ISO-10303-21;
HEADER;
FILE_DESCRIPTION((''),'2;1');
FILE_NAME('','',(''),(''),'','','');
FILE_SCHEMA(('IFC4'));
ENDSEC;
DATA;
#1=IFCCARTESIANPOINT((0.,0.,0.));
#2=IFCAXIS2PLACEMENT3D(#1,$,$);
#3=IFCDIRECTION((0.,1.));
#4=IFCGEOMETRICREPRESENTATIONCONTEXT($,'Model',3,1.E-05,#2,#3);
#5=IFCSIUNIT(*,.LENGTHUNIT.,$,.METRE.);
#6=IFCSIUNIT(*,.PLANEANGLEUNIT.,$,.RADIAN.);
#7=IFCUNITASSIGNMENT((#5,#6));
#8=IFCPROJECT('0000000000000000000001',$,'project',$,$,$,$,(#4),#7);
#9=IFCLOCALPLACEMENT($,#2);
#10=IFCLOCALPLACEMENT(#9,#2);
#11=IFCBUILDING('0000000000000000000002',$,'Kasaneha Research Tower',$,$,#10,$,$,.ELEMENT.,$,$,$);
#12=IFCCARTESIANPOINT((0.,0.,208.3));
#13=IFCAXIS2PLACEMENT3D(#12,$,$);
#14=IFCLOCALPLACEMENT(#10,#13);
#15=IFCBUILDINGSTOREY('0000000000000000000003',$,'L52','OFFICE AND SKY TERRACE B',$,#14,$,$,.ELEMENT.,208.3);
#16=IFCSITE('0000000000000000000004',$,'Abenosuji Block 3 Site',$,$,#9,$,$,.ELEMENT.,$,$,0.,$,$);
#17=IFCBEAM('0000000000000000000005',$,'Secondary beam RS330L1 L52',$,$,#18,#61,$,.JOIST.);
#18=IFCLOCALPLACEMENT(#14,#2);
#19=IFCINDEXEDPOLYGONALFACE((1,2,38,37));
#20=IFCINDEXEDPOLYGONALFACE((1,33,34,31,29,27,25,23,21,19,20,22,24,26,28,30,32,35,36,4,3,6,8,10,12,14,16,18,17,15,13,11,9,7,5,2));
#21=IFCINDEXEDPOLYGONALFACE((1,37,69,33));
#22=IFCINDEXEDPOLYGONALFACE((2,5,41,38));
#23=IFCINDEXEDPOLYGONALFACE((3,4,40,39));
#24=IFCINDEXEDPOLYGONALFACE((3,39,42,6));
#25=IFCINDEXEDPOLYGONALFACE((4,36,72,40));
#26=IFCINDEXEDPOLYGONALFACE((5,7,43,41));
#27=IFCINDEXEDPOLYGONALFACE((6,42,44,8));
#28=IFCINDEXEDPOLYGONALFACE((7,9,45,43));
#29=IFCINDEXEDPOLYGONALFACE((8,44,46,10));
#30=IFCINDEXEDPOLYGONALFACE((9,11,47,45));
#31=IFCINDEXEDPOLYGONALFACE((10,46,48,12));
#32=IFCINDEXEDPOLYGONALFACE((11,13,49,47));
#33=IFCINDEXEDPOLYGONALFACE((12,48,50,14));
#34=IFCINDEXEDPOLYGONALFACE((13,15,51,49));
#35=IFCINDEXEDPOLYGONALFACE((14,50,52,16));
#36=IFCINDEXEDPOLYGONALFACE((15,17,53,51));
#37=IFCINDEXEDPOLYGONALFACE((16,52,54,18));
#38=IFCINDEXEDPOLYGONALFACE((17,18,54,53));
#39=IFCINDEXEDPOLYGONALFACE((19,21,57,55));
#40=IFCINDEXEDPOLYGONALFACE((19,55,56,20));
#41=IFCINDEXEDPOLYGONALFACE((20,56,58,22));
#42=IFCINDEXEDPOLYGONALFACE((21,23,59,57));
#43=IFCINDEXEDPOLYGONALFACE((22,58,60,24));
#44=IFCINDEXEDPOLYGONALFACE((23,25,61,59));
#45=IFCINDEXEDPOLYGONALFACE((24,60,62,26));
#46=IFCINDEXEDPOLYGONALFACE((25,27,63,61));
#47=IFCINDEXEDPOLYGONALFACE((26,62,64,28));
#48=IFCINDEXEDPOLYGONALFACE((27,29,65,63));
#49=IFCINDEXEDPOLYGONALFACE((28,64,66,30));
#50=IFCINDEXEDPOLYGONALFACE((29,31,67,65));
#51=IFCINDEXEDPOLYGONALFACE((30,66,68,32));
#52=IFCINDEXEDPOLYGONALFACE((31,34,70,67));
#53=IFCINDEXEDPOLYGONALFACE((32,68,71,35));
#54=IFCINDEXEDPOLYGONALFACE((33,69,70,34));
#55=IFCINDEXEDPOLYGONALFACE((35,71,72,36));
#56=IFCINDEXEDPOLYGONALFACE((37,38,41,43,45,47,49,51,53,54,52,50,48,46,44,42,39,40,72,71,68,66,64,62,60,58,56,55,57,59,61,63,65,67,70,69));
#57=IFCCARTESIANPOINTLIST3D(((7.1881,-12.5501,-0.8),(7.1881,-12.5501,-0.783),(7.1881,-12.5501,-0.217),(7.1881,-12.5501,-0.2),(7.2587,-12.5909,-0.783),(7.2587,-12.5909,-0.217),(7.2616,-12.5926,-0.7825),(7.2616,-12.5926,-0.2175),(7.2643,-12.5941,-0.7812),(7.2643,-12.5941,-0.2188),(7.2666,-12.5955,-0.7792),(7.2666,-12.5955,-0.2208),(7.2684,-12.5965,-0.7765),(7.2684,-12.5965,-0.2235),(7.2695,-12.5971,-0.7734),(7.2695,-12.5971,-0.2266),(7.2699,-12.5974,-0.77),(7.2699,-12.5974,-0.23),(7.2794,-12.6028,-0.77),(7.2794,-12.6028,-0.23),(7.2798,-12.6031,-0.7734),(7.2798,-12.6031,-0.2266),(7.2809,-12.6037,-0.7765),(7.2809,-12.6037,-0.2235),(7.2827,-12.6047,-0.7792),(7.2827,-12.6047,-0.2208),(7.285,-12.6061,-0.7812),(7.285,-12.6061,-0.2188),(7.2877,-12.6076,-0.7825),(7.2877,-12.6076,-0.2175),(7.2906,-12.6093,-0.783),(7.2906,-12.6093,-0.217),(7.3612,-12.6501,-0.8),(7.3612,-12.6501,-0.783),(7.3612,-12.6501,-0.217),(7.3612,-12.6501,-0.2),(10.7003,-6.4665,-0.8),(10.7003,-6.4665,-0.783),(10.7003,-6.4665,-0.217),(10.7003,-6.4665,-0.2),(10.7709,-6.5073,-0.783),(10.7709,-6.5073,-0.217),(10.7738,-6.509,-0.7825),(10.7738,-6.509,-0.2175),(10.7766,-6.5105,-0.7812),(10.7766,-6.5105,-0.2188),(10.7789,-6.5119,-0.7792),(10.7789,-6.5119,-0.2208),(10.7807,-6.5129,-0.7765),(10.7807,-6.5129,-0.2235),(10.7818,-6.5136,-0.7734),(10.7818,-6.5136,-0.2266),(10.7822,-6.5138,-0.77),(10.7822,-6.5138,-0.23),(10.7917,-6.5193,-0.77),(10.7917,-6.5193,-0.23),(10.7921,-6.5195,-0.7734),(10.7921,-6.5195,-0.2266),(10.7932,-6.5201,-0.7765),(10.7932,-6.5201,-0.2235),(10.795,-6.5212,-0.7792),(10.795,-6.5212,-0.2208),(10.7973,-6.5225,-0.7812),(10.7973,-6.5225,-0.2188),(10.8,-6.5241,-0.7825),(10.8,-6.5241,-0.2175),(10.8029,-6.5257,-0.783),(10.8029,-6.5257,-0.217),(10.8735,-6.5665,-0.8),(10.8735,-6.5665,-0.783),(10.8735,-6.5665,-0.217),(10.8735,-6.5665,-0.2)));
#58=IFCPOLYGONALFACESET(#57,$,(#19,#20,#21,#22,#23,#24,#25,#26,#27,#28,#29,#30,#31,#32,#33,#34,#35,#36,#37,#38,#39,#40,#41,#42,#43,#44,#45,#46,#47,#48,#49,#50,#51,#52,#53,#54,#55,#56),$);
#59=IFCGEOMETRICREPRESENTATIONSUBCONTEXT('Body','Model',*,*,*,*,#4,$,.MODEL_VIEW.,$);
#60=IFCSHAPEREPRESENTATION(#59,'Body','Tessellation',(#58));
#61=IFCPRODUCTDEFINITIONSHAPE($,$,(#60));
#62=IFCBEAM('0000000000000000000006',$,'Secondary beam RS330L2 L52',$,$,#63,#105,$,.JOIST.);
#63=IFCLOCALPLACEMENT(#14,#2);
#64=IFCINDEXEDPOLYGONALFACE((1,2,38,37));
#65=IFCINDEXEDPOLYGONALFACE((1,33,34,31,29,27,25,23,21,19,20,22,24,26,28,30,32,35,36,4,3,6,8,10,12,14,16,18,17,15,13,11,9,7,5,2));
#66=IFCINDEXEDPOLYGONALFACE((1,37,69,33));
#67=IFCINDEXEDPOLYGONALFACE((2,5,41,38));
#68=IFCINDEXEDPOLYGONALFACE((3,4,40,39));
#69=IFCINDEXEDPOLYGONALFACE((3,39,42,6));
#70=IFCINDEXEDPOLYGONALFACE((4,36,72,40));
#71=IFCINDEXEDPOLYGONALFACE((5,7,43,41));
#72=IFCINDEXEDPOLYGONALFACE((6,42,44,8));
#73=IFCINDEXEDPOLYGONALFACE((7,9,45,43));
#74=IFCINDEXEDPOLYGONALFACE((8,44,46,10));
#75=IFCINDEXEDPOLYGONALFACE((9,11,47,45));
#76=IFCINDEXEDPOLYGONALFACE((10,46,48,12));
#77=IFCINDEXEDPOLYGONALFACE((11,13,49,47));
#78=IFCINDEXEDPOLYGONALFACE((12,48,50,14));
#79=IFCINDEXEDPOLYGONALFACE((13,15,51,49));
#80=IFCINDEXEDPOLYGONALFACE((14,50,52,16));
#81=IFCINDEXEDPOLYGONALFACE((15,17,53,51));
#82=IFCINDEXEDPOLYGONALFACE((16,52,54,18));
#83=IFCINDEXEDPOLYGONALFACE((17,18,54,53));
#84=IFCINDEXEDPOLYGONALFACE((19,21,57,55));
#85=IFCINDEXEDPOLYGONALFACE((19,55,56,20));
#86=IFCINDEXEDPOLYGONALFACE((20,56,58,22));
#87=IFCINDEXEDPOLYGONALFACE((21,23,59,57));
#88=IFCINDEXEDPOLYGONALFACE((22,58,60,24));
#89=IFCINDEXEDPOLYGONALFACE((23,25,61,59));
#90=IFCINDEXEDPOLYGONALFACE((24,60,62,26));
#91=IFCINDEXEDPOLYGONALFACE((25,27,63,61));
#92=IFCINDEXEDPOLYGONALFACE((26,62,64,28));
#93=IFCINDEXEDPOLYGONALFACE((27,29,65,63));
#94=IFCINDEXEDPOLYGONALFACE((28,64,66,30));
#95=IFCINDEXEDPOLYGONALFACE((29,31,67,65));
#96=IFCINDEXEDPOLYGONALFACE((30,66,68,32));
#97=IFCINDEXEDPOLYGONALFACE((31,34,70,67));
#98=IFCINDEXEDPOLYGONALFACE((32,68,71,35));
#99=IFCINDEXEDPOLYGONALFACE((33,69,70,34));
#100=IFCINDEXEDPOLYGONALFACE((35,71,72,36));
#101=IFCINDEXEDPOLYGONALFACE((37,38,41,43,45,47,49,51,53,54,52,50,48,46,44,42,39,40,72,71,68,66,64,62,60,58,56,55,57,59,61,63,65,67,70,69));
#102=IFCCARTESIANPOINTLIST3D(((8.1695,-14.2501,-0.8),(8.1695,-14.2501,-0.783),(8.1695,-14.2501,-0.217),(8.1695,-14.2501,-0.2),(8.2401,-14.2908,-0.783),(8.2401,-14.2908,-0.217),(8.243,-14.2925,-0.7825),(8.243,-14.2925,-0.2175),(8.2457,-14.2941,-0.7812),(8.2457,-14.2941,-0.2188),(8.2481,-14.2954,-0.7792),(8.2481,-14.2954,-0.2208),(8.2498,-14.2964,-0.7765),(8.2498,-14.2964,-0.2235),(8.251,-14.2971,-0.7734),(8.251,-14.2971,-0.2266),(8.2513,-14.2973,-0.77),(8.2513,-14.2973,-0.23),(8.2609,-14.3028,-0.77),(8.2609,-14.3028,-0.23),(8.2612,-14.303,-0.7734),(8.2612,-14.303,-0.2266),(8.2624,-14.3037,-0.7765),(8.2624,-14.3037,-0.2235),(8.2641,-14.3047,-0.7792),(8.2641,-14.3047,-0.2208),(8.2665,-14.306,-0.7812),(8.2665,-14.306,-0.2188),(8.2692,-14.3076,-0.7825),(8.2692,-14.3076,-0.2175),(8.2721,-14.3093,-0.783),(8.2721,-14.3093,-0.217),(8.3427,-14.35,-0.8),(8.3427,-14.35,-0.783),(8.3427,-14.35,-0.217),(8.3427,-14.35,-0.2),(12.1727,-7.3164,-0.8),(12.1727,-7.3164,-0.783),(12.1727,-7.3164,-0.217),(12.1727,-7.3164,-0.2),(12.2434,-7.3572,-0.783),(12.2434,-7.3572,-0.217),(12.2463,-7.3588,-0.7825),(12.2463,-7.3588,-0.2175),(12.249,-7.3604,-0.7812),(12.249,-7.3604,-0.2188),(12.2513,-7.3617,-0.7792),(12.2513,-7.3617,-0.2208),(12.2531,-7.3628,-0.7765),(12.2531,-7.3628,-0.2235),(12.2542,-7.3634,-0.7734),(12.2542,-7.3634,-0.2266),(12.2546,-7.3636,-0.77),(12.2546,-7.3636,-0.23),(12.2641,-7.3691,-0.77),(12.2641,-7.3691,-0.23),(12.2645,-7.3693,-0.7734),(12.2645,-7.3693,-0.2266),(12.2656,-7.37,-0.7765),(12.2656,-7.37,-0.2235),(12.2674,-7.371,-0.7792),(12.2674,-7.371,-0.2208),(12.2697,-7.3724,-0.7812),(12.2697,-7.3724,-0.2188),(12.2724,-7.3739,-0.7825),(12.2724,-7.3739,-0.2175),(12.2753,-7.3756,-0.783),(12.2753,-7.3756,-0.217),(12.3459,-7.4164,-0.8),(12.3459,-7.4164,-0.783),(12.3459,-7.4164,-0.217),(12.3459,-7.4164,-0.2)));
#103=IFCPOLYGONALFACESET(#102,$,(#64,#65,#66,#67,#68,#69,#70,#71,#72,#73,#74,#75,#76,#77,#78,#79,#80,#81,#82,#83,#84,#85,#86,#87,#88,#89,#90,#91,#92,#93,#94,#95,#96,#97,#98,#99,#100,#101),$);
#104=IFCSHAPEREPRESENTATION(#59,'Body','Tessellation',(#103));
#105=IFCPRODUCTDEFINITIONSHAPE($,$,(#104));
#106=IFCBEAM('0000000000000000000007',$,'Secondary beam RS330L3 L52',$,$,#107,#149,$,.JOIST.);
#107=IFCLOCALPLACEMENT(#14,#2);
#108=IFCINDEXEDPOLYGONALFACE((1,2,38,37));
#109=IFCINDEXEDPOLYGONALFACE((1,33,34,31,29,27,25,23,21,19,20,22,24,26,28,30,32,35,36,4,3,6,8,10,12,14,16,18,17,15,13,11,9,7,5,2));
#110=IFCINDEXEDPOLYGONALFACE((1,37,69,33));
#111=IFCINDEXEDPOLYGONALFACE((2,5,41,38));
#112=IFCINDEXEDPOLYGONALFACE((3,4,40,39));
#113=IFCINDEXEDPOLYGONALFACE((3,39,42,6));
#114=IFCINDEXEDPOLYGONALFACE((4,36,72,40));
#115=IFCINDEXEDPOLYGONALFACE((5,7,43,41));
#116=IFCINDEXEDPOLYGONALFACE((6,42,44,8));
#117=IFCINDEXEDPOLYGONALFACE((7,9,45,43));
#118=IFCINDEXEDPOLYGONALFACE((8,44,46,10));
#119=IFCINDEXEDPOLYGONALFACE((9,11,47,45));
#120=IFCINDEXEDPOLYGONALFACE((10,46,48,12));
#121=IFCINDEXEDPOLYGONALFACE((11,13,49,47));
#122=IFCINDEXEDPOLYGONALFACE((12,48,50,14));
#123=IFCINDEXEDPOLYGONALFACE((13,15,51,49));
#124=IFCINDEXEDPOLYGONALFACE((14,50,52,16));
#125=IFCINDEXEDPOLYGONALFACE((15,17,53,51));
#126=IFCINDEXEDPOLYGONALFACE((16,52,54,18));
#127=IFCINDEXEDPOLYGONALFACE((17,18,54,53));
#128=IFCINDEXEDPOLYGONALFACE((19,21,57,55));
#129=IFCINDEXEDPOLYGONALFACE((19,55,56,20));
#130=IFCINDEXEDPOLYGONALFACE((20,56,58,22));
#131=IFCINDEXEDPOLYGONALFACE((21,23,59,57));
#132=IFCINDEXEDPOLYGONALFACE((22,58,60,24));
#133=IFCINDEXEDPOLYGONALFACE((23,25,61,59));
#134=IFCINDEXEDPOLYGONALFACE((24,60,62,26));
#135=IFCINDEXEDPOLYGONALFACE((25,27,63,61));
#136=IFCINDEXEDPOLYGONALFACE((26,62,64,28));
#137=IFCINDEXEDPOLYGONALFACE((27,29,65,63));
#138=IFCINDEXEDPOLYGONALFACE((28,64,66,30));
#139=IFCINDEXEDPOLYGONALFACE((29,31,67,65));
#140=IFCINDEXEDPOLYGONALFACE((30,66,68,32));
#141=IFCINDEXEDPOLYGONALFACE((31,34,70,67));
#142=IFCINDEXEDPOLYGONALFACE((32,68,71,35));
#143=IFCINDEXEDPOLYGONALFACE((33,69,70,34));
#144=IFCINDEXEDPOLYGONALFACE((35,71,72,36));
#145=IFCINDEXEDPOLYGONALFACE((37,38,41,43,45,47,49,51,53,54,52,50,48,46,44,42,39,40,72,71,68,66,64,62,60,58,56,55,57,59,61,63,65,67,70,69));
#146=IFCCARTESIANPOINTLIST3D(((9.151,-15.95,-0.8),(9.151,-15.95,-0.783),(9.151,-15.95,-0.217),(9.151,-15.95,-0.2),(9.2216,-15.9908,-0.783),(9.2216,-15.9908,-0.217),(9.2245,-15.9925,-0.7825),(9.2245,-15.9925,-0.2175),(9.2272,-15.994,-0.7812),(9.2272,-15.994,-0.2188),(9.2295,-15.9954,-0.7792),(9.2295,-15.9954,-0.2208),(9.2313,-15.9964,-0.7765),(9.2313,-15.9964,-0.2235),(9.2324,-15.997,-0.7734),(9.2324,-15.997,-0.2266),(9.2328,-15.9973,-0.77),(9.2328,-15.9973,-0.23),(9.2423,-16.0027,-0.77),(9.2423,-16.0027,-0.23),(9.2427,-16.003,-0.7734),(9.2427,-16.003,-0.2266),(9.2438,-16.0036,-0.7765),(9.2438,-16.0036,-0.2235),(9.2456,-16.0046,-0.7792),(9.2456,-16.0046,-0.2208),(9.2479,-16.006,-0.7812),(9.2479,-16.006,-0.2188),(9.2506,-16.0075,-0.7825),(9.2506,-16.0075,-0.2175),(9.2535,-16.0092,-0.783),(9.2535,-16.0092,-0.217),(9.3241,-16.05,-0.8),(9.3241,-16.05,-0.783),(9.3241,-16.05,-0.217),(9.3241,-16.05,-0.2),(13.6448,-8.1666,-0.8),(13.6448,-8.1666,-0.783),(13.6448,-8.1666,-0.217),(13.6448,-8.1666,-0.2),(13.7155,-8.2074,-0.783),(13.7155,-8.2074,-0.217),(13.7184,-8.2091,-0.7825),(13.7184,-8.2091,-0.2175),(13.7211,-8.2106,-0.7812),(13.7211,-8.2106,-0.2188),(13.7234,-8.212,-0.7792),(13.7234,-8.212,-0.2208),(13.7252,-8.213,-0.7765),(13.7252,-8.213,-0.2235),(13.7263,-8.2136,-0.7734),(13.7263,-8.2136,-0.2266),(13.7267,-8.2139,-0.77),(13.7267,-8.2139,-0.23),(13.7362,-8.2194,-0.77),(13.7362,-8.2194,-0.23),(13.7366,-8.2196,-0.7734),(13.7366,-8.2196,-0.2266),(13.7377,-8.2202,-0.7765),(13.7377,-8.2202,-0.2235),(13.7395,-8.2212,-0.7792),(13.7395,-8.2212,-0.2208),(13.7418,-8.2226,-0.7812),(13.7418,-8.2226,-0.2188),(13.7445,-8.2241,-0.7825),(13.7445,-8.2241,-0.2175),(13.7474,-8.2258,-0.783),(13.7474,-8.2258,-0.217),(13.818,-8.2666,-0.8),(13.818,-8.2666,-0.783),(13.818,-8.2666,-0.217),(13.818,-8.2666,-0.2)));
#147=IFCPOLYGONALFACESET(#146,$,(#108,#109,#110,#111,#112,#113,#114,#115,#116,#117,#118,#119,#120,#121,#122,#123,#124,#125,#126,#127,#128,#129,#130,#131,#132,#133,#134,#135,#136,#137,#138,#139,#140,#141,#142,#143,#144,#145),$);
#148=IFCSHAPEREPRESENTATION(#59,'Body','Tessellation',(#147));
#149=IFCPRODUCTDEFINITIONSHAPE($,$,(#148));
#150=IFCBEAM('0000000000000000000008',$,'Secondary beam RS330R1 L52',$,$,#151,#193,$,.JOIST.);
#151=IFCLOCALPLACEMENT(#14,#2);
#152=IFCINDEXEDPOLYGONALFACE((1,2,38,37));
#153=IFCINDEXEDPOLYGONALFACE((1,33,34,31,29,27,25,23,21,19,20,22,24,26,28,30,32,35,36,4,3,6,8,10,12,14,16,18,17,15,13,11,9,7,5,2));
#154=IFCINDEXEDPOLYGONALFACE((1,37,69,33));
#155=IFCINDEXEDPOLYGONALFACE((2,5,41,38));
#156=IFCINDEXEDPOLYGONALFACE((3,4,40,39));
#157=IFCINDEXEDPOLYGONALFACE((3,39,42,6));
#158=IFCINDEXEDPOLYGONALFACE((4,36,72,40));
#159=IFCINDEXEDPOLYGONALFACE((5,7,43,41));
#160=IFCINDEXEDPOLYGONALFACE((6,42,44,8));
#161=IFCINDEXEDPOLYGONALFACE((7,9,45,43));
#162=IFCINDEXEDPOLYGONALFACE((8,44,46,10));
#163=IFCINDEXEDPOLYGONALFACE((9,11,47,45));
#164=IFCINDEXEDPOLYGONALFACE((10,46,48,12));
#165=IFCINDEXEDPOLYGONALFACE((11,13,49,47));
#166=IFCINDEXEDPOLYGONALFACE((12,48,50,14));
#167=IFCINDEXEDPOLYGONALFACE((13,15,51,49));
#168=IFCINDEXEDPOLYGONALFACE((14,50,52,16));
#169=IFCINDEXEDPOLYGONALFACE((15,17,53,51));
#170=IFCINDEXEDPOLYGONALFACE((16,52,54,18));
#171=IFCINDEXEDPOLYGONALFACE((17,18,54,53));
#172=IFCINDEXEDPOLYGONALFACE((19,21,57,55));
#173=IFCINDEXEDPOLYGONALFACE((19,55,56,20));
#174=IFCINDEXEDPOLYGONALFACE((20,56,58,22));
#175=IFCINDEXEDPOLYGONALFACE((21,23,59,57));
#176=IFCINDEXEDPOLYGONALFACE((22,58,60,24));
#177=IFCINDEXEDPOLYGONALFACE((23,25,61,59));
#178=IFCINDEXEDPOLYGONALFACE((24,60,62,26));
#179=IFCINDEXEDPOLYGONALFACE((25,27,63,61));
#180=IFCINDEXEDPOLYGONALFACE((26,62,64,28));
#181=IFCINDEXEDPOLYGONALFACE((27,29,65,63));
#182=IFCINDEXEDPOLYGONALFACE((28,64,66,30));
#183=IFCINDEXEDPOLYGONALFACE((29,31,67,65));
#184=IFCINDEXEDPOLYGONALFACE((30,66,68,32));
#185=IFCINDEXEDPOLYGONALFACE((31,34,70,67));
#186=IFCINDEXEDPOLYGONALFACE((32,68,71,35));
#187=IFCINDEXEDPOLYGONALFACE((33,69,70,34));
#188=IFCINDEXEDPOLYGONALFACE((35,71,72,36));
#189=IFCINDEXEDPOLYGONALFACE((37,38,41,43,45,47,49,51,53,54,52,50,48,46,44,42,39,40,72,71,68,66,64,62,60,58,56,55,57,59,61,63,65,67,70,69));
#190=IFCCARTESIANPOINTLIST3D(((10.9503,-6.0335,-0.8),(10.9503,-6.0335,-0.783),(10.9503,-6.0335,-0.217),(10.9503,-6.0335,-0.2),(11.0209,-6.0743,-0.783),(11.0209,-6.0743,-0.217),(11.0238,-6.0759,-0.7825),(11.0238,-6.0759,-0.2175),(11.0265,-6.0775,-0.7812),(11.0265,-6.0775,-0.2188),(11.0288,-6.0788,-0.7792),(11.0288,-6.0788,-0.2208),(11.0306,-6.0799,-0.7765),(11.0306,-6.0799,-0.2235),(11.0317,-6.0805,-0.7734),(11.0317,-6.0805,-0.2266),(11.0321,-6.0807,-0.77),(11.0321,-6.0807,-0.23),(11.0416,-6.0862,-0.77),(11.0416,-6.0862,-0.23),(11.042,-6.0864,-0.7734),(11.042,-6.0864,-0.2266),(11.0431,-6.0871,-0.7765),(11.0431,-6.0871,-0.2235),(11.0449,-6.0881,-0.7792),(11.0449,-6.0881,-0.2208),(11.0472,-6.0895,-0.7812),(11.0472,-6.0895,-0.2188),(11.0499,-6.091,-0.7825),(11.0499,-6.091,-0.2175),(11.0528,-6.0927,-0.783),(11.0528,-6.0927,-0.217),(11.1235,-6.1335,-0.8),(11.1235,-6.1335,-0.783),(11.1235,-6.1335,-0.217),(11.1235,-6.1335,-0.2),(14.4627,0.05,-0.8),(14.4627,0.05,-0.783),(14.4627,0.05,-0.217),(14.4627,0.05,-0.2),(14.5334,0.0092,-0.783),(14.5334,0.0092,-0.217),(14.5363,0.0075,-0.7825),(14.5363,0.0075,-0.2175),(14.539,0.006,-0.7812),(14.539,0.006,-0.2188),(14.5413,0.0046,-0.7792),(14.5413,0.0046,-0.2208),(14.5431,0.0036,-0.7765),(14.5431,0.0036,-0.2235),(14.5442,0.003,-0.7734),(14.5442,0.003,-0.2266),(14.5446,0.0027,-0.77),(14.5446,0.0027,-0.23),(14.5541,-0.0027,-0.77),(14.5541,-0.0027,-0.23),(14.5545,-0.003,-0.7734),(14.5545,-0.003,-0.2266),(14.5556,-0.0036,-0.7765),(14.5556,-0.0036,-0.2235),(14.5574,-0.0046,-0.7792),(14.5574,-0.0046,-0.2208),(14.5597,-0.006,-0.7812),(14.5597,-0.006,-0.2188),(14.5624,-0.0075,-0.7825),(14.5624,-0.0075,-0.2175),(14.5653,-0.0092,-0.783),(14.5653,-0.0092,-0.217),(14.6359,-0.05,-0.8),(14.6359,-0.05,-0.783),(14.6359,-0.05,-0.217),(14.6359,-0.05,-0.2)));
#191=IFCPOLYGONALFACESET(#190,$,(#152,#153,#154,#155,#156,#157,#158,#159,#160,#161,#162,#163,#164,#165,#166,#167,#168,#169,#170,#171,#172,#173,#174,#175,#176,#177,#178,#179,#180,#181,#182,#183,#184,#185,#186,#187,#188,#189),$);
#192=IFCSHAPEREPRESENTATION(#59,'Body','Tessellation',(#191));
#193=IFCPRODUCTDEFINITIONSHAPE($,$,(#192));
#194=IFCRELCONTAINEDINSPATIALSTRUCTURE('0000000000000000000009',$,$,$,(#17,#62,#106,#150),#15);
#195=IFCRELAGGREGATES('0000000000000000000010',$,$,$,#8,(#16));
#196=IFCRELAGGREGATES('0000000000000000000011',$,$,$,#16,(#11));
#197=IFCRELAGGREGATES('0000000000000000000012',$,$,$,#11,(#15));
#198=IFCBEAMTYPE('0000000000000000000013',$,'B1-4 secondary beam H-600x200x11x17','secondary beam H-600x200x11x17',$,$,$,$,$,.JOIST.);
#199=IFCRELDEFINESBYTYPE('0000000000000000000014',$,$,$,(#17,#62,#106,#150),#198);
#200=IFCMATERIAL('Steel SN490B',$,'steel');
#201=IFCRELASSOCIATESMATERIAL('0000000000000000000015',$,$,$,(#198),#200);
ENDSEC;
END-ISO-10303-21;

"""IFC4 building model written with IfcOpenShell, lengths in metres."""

from ifc_helpers import new_model, si_unit, direction, frame, origin, origin_2d, place, context, subcontext, project, spatial, i_section, extrude, material, material_profile, profile_set, type_object, element, save


model = new_model("IFC4")

# Units and contexts
model_context = context("Model", 3, precision=1e-05, world=origin(), true_north=direction((0.0, 1.0)))
body_context = subcontext(model_context, "Body", "Model", "MODEL_VIEW")
ifc_project = project(units=[si_unit("LENGTHUNIT", "METRE"), si_unit("PLANEANGLEUNIT", "RADIAN")], contexts=[model_context])

# Site, building, storey
site_placement = place(None, origin())
site = spatial("IfcSite", under=ifc_project, at=site_placement, Name="Abenosuji Block 3 Site", CompositionType="ELEMENT", RefElevation=0.0)
building_placement = place(site_placement, origin())
building = spatial("IfcBuilding", under=site, at=building_placement, Name="Kasaneha Research Tower", CompositionType="ELEMENT")
storey_placement = place(building_placement, frame((0.0, 0.0, 208.3)))
storey = spatial("IfcBuildingStorey", under=building, at=storey_placement, Name="L52", Description="OFFICE AND SKY TERRACE B", CompositionType="ELEMENT", Elevation=208.3)

# Beams
ifc_material = material(Name="Steel SN490B", Category="steel")
ifc_material_profile = material_profile(ifc_material, i_section(OverallWidth=0.2, OverallDepth=0.6001, WebThickness=0.011, FlangeThickness=0.0171, FilletRadius=0.0129, at=origin_2d()), Name="H-600x200x11x17")
ifc_profile_set = profile_set([ifc_material_profile], Name="Steel SN490B")
beam_type = type_object("IfcBeamType", Name="B1-4 secondary beam H-600x200x11x17", Description="secondary beam H-600x200x11x17", PredefinedType="JOIST", material=ifc_profile_set)
beam_1_placement = place(storey_placement, frame((7.2747, -12.6001, -0.5), z_axis=(0.499989, 0.866032, 0.0), x_axis=(-0.866032, 0.499989, 0.0)))
element("IfcBeam", 1, at=beam_1_placement, inside=storey, type_object=beam_type, Name="Secondary beam RS330L1 L52", PredefinedType="JOIST", context=body_context, shape_type="SweptSolid", body=[
    extrude(i_section(OverallWidth=0.2, OverallDepth=0.6001, WebThickness=0.011, FlangeThickness=0.0171, FilletRadius=0.0129, at=origin_2d()), origin(), (0.0, 0.0, 1.0), 7.0247),
])
beam_2_placement = place(storey_placement, frame((8.2561, -14.3, -0.5), z_axis=(0.500006, 0.866022, 0.0), x_axis=(-0.866022, 0.500006, 0.0)))
element("IfcBeam", 2, at=beam_2_placement, inside=storey, type_object=beam_type, Name="Secondary beam RS330L2 L52", PredefinedType="JOIST", context=body_context, shape_type="SweptSolid", body=[
    extrude(i_section(OverallWidth=0.2, OverallDepth=0.6001, WebThickness=0.011, FlangeThickness=0.0171, FilletRadius=0.0129, at=origin_2d()), origin(), (0.0, 0.0, 1.0), 8.0063),
])
beam_3_placement = place(storey_placement, frame((9.2375, -16.0, -0.5), z_axis=(0.50001, 0.86602, 0.0), x_axis=(-0.86602, 0.50001, 0.0)))
element("IfcBeam", 3, at=beam_3_placement, inside=storey, type_object=beam_type, Name="Secondary beam RS330L3 L52", PredefinedType="JOIST", context=body_context, shape_type="SweptSolid", body=[
    extrude(i_section(OverallWidth=0.2, OverallDepth=0.6001, WebThickness=0.011, FlangeThickness=0.0171, FilletRadius=0.0129, at=origin_2d()), origin(), (0.0, 0.0, 1.0), 8.9875),
])
beam_4_placement = place(storey_placement, frame((14.5493, 0.0, -0.5), z_axis=(-0.500015, -0.866017, 0.0), x_axis=(0.866017, -0.500015, 0.0)))
element("IfcBeam", 4, at=beam_4_placement, inside=storey, type_object=beam_type, Name="Secondary beam RS330R1 L52", PredefinedType="JOIST", context=body_context, shape_type="SweptSolid", body=[
    extrude(i_section(OverallWidth=0.2, OverallDepth=0.6001, WebThickness=0.011, FlangeThickness=0.0171, FilletRadius=0.0129, at=origin_2d()), origin(), (0.0, 0.0, 1.0), 7.0247),
])

save(model, "model.ifc")
